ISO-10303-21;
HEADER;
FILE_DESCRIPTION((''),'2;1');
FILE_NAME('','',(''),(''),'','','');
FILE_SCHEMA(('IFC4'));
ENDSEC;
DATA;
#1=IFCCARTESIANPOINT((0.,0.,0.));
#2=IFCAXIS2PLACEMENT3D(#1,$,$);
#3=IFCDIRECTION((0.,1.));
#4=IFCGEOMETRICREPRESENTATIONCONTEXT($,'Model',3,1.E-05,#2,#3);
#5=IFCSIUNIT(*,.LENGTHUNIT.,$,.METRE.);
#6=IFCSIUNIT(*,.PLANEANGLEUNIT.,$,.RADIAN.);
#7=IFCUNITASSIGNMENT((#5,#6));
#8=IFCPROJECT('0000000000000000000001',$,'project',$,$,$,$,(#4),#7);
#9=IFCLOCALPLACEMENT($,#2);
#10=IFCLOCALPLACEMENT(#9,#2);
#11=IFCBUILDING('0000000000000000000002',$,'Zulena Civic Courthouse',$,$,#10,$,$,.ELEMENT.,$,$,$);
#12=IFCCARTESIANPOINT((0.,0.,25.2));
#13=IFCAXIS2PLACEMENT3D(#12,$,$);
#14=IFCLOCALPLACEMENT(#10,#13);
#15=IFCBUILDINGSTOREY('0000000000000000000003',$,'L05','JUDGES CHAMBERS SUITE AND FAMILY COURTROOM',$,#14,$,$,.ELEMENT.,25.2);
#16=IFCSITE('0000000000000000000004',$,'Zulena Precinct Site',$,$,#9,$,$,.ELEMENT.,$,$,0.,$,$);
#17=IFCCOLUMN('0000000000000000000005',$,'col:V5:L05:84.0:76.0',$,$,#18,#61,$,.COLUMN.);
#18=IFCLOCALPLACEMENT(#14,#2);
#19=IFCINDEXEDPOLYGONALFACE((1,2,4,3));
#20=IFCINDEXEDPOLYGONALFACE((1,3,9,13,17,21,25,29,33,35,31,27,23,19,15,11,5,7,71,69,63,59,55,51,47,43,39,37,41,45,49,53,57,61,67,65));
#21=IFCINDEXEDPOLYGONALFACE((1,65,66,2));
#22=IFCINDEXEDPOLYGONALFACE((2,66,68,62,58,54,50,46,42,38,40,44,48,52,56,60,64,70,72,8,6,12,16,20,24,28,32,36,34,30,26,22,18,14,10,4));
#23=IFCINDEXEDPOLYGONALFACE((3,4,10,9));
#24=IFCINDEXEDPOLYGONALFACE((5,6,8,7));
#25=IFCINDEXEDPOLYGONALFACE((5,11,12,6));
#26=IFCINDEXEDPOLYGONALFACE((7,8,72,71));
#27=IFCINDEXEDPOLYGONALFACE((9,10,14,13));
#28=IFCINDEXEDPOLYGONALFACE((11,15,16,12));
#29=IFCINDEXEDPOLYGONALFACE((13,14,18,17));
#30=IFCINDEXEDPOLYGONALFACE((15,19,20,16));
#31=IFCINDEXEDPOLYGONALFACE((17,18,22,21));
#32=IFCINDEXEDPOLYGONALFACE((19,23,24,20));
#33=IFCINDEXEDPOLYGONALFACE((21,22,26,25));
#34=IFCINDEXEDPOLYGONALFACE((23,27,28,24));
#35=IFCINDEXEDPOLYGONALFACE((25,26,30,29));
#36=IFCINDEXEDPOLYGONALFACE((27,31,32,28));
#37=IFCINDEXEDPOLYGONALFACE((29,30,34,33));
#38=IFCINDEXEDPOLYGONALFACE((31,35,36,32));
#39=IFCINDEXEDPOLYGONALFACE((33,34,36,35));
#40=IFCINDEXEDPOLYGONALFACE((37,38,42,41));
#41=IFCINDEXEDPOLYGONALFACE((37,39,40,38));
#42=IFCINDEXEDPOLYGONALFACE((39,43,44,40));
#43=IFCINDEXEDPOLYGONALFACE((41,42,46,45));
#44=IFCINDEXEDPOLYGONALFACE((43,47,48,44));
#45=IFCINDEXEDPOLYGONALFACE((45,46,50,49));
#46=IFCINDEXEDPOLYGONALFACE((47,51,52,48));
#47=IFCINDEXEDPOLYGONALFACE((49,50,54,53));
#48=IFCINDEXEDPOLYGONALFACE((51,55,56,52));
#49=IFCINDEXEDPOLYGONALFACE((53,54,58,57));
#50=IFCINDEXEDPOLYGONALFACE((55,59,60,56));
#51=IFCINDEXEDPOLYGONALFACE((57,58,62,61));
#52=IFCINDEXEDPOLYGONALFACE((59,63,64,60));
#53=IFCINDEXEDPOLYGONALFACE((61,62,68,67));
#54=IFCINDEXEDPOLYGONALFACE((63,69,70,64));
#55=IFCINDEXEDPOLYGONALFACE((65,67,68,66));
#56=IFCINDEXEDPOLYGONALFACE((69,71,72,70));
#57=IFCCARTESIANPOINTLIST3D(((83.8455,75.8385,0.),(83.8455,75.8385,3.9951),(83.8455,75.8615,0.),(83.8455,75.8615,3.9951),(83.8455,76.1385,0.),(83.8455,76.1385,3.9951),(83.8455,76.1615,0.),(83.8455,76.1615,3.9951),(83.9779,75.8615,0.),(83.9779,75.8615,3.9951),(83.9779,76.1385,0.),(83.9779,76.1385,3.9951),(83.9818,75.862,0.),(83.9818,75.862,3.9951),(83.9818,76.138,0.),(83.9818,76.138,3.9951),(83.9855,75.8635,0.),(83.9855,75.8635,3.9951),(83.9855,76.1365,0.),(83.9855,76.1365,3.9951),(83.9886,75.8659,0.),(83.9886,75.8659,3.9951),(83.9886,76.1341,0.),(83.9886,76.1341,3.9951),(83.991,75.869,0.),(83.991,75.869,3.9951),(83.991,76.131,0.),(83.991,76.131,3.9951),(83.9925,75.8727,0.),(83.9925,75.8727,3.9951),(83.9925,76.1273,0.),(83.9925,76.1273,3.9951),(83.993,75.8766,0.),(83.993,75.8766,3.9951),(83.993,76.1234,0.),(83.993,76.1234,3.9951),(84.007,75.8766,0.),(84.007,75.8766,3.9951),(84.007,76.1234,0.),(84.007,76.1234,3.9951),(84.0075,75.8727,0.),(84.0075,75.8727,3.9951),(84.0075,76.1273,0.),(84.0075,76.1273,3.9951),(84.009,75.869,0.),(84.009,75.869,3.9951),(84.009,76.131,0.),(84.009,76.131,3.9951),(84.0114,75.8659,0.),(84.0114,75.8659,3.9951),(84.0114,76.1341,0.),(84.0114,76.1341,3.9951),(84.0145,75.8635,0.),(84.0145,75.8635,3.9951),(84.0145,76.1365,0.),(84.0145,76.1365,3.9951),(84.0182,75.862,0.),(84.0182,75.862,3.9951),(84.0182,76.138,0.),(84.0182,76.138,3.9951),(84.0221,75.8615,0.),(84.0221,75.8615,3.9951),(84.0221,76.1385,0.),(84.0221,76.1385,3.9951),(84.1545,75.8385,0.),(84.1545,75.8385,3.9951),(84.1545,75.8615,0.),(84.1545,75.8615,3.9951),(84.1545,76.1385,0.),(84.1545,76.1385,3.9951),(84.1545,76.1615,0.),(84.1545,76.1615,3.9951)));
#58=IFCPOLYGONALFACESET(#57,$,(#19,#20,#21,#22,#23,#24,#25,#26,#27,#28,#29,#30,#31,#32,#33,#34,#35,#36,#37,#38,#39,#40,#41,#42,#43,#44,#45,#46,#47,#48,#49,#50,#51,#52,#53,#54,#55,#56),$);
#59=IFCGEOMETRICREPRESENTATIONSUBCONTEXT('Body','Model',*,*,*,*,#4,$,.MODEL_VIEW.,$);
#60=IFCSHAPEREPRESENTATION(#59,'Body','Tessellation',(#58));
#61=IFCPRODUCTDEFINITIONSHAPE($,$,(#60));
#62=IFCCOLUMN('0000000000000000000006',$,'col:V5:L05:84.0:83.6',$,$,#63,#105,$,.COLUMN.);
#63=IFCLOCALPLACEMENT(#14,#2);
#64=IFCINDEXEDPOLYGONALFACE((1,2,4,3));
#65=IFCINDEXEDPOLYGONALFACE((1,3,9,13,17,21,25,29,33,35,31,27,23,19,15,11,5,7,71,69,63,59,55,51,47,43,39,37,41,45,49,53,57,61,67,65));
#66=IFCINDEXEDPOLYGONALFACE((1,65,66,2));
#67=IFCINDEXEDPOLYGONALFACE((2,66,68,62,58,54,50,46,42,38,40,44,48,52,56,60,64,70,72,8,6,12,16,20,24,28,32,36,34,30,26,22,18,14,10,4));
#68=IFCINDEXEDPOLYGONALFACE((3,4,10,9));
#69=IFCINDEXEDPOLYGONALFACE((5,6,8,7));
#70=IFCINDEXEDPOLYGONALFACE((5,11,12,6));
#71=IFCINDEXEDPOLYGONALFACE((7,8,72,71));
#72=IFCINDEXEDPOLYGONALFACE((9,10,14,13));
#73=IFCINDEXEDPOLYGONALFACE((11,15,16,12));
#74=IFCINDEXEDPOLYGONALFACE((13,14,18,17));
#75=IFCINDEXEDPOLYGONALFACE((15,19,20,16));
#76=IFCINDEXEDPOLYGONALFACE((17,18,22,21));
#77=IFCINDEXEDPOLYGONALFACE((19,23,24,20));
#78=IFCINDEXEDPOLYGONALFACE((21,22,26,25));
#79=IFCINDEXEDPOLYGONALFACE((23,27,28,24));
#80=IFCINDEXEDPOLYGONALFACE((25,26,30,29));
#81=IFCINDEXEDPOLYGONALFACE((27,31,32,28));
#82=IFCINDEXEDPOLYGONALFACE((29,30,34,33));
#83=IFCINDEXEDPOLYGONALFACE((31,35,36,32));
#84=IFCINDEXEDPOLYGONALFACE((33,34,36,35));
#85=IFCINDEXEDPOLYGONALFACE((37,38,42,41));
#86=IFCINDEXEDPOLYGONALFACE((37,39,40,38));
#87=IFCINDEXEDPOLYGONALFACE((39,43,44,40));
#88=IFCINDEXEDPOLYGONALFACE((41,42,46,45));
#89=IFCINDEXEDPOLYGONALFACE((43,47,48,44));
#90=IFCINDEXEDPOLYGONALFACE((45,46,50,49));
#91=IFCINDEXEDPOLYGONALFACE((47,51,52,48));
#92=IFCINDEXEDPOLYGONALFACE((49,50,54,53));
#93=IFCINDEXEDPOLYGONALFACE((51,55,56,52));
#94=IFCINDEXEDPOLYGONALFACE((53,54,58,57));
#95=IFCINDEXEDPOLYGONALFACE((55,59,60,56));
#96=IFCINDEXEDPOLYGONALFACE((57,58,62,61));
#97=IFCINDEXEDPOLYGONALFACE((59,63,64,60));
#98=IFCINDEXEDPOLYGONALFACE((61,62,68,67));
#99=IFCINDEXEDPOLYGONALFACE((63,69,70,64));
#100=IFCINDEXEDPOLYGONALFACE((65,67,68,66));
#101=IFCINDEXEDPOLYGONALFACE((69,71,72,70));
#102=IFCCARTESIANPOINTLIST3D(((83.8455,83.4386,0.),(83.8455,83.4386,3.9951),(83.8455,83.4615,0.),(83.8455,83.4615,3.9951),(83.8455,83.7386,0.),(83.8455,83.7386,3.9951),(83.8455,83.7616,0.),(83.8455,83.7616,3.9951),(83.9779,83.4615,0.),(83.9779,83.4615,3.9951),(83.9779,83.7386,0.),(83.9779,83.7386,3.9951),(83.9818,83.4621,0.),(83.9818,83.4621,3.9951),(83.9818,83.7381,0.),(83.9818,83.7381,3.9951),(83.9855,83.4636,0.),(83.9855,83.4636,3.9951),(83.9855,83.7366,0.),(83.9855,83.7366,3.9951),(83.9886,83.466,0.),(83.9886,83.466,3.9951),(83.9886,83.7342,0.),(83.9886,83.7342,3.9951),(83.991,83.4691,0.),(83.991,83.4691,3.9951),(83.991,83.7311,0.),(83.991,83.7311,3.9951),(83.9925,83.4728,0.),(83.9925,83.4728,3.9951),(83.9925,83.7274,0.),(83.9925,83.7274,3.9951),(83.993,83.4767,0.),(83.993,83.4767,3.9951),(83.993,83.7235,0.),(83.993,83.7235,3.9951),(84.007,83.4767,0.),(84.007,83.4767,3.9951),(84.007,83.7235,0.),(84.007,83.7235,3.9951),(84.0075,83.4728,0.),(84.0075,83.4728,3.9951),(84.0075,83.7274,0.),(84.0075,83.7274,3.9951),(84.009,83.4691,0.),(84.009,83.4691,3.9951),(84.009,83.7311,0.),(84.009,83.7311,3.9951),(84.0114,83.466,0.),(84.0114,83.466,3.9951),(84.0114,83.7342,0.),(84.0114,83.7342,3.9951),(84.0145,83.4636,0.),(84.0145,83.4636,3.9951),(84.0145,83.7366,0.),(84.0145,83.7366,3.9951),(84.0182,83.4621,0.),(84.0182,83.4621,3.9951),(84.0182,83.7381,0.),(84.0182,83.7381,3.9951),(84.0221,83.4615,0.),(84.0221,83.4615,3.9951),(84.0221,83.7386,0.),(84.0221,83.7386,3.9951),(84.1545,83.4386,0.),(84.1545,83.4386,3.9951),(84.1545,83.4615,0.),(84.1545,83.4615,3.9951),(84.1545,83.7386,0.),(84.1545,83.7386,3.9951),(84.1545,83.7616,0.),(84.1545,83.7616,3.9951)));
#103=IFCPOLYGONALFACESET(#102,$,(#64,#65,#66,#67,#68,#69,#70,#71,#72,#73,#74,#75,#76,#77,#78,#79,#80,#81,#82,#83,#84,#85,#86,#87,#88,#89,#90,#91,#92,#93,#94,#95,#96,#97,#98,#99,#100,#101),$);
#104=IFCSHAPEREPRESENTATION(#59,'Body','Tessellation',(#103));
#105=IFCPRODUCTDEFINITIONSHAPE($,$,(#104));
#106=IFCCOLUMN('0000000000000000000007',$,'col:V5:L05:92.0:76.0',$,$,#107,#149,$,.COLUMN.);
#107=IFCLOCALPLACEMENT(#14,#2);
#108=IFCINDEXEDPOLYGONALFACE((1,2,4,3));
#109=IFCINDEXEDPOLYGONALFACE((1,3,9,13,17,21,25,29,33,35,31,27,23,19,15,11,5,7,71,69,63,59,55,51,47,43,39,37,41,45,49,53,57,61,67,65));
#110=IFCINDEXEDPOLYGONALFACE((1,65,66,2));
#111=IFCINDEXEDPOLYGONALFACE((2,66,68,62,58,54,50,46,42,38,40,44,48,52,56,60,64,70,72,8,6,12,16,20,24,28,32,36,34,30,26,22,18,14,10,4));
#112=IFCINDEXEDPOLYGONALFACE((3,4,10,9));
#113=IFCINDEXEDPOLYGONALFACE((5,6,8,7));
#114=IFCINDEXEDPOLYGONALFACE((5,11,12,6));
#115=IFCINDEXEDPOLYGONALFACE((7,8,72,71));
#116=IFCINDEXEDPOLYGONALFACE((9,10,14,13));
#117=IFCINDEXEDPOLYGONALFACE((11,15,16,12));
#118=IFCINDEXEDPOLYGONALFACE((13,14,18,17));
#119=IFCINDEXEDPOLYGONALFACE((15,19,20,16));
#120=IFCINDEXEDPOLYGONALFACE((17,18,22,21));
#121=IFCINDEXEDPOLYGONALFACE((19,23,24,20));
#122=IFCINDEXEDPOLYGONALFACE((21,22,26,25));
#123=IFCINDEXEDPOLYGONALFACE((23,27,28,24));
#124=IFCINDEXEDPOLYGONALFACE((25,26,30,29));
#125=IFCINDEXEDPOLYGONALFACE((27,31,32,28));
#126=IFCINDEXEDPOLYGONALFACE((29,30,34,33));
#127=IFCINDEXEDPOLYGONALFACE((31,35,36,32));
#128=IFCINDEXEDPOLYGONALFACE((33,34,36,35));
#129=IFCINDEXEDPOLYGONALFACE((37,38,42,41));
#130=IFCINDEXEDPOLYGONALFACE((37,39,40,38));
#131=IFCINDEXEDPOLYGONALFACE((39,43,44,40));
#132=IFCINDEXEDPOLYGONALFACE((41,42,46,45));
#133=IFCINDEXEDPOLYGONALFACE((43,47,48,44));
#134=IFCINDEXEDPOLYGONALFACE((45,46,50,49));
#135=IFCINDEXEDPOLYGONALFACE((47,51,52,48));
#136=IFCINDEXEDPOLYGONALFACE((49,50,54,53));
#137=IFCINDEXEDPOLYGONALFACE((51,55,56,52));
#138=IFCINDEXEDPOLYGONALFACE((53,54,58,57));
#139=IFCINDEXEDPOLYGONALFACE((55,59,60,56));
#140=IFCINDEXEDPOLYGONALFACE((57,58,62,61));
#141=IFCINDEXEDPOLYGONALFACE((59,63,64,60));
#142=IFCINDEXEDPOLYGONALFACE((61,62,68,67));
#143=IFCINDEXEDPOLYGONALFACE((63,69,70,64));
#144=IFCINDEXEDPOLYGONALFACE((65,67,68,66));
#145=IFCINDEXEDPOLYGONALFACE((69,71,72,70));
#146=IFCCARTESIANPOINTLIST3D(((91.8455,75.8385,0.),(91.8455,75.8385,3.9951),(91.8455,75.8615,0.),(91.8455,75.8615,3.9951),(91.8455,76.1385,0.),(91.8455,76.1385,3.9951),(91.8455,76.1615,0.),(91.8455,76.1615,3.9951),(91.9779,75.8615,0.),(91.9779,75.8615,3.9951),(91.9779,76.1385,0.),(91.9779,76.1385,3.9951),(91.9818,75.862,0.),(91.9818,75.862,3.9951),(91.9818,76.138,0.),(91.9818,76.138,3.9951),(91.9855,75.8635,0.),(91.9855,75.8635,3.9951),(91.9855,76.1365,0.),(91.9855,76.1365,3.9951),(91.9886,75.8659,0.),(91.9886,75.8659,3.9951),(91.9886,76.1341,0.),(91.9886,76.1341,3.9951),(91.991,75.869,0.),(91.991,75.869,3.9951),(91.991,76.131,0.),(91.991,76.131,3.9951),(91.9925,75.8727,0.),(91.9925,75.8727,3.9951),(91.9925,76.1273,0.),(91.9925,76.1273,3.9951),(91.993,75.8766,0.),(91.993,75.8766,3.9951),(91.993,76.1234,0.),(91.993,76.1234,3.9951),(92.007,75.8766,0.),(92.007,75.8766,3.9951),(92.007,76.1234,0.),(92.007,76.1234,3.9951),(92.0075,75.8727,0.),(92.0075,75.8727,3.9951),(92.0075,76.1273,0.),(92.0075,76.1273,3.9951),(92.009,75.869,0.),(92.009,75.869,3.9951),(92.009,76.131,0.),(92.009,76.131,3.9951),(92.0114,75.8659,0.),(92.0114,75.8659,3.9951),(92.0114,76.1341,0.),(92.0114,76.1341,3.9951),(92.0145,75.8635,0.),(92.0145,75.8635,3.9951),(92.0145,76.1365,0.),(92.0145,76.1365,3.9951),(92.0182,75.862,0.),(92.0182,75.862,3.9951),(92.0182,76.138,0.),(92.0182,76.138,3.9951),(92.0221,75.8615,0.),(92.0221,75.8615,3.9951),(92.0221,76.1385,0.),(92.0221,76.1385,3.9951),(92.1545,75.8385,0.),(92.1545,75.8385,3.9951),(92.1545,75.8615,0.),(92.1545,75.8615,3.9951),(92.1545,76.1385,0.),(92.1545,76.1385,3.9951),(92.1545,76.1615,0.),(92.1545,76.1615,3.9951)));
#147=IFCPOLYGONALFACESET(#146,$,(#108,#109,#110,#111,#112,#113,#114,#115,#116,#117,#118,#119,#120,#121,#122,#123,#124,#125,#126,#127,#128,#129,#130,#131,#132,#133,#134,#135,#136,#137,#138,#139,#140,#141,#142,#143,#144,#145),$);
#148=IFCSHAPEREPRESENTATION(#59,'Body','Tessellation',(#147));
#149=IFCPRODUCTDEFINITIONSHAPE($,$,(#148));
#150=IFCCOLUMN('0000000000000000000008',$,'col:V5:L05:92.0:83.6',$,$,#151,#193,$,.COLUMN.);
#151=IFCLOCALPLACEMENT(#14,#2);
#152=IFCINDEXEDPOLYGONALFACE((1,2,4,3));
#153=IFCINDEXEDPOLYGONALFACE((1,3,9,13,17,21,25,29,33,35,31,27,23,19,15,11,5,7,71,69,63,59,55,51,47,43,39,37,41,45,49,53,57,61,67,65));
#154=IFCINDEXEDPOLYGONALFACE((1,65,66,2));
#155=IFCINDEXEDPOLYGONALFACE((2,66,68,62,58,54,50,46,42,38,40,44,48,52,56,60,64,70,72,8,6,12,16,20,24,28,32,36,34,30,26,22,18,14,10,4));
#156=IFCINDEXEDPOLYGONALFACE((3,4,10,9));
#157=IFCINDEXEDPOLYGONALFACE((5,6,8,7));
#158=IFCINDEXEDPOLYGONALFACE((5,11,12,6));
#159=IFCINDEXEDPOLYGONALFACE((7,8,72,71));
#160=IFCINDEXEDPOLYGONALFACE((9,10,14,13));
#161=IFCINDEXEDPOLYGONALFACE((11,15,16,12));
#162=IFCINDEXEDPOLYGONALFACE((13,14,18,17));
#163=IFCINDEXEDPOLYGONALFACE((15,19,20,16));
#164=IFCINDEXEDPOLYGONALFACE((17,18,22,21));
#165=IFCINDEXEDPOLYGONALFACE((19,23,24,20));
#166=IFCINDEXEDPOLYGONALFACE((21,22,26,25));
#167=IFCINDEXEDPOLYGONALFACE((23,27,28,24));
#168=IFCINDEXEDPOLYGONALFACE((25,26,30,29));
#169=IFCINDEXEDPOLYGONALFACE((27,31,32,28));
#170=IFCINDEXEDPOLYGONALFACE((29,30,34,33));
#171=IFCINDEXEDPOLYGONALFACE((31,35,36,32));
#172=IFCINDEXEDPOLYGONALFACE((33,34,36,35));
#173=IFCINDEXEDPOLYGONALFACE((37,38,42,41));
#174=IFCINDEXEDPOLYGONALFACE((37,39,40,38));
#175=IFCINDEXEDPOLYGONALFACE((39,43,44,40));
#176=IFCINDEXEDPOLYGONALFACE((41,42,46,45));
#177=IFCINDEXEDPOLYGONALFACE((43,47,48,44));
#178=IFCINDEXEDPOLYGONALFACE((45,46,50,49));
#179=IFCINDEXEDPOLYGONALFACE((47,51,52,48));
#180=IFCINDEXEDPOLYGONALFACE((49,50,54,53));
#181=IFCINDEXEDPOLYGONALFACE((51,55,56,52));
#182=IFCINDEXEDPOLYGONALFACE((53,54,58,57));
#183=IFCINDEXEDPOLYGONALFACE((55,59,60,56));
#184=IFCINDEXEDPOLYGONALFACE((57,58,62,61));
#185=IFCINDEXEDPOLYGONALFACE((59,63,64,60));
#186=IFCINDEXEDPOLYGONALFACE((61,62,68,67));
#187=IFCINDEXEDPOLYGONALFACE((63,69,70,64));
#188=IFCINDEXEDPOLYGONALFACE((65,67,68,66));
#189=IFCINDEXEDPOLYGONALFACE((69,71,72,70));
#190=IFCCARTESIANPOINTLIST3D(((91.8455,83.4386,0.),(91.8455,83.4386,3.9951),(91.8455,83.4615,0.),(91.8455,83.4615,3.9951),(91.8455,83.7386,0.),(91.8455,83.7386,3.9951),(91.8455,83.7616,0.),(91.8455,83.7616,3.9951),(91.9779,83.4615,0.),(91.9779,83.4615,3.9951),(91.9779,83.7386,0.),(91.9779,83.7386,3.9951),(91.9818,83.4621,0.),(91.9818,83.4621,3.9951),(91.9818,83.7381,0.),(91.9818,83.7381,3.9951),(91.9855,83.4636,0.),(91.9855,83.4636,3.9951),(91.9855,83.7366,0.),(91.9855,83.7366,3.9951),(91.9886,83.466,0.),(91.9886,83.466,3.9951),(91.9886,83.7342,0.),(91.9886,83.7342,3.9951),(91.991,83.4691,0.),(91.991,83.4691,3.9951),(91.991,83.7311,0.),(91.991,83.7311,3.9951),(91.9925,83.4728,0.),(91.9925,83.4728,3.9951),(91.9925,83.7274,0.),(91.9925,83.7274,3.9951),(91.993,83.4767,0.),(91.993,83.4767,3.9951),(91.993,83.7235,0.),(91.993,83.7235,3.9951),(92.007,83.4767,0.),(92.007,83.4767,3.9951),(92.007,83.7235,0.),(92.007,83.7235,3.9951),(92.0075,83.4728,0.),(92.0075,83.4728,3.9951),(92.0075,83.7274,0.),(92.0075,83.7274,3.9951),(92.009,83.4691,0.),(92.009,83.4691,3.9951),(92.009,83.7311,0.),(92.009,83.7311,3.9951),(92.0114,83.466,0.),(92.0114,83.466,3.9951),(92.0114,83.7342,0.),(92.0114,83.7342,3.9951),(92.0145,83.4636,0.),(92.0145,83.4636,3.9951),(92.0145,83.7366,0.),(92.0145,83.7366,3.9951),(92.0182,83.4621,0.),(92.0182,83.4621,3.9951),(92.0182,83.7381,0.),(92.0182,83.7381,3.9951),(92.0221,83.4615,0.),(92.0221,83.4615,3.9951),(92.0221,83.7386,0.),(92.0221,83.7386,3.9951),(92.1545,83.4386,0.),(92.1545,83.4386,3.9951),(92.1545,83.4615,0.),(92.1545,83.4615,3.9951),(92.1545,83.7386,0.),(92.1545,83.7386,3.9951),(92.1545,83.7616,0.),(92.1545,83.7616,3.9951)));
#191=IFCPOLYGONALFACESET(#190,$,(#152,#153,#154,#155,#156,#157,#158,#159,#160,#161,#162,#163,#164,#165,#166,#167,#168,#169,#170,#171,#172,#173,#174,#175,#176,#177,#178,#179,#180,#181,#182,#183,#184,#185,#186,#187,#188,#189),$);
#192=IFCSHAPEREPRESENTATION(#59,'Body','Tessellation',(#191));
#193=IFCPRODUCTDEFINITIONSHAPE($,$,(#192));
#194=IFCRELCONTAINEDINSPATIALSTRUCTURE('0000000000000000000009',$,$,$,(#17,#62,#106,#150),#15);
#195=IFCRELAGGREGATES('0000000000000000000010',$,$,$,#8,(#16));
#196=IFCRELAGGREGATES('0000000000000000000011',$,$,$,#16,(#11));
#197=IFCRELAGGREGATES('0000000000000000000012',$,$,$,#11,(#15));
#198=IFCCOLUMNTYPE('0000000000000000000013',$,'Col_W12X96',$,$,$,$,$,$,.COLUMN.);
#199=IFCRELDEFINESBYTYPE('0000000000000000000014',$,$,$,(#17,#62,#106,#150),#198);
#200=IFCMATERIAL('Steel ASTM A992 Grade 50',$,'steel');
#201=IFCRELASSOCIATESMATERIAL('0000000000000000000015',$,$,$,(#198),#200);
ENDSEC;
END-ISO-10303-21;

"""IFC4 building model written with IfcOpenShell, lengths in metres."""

from ifc_helpers import new_model, si_unit, direction, frame, origin, origin_2d, place, context, subcontext, project, spatial, i_section, extrude, material, material_profile, profile_set, type_object, element, save


model = new_model("IFC4")

# Units and contexts
model_context = context("Model", 3, precision=1e-05, world=origin(), true_north=direction((0.0, 1.0)))
body_context = subcontext(model_context, "Body", "Model", "MODEL_VIEW")
ifc_project = project(units=[si_unit("LENGTHUNIT", "METRE"), si_unit("PLANEANGLEUNIT", "RADIAN")], contexts=[model_context])

# Site, building, storey
site_placement = place(None, origin())
site = spatial("IfcSite", under=ifc_project, at=site_placement, Name="Zulena Precinct Site", CompositionType="ELEMENT", RefElevation=0.0)
building_placement = place(site_placement, origin())
building = spatial("IfcBuilding", under=site, at=building_placement, Name="Zulena Civic Courthouse", CompositionType="ELEMENT")
storey_placement = place(building_placement, frame((0.0, 0.0, 25.2)))
storey = spatial("IfcBuildingStorey", under=building, at=storey_placement, Name="L05", Description="JUDGES CHAMBERS SUITE AND FAMILY COURTROOM", CompositionType="ELEMENT", Elevation=25.2)

# Columns
ifc_material_1 = material(Name="Steel ASTM A992 Grade 50", Category="steel")
ifc_material_profile_1 = material_profile(ifc_material_1, i_section(OverallWidth=0.3091, OverallDepth=0.323, WebThickness=0.0139, FlangeThickness=0.0229, FilletRadius=0.0151, at=origin_2d()), Name="W12X96")
ifc_profile_set_1 = profile_set([ifc_material_profile_1], Name="Steel ASTM A992 Grade 50")
column_type_1 = type_object("IfcColumnType", Name="Col_W12X96", PredefinedType="COLUMN", material=ifc_profile_set_1)
for number, where, z_axis, x_axis, name in (
    (1, (84.0, 76.0, 0.0), (0.0, 0.0, 1.0), (1.0, 0.0, 0.0), "col:V5:L05:84.0:76.0"),
    (2, (84.0, 83.6001, 0.0), (0.0, 0.0, 1.0), (1.0, 0.0, 0.0), "col:V5:L05:84.0:83.6"),
    (3, (92.0, 76.0, 0.0), (0.0, 0.0, 1.0), (1.0, 0.0, 0.0), "col:V5:L05:92.0:76.0"),
    (4, (92.0, 83.6001, 0.0), (0.0, 0.0, 1.0), (1.0, 0.0, 0.0), "col:V5:L05:92.0:83.6"),
):
    element("IfcColumn", number, at=place(storey_placement, frame(where, z_axis=z_axis, x_axis=x_axis)), inside=storey, type_object=column_type_1, Name=name, PredefinedType="COLUMN", context=body_context, shape_type="SweptSolid", body=[
        extrude(i_section(OverallWidth=0.3091, OverallDepth=0.323, WebThickness=0.0139, FlangeThickness=0.0229, FilletRadius=0.0151, at=origin_2d()), origin(), (0.0, 0.0, 1.0), 3.9951),
    ])

save(model, "model.ifc")
